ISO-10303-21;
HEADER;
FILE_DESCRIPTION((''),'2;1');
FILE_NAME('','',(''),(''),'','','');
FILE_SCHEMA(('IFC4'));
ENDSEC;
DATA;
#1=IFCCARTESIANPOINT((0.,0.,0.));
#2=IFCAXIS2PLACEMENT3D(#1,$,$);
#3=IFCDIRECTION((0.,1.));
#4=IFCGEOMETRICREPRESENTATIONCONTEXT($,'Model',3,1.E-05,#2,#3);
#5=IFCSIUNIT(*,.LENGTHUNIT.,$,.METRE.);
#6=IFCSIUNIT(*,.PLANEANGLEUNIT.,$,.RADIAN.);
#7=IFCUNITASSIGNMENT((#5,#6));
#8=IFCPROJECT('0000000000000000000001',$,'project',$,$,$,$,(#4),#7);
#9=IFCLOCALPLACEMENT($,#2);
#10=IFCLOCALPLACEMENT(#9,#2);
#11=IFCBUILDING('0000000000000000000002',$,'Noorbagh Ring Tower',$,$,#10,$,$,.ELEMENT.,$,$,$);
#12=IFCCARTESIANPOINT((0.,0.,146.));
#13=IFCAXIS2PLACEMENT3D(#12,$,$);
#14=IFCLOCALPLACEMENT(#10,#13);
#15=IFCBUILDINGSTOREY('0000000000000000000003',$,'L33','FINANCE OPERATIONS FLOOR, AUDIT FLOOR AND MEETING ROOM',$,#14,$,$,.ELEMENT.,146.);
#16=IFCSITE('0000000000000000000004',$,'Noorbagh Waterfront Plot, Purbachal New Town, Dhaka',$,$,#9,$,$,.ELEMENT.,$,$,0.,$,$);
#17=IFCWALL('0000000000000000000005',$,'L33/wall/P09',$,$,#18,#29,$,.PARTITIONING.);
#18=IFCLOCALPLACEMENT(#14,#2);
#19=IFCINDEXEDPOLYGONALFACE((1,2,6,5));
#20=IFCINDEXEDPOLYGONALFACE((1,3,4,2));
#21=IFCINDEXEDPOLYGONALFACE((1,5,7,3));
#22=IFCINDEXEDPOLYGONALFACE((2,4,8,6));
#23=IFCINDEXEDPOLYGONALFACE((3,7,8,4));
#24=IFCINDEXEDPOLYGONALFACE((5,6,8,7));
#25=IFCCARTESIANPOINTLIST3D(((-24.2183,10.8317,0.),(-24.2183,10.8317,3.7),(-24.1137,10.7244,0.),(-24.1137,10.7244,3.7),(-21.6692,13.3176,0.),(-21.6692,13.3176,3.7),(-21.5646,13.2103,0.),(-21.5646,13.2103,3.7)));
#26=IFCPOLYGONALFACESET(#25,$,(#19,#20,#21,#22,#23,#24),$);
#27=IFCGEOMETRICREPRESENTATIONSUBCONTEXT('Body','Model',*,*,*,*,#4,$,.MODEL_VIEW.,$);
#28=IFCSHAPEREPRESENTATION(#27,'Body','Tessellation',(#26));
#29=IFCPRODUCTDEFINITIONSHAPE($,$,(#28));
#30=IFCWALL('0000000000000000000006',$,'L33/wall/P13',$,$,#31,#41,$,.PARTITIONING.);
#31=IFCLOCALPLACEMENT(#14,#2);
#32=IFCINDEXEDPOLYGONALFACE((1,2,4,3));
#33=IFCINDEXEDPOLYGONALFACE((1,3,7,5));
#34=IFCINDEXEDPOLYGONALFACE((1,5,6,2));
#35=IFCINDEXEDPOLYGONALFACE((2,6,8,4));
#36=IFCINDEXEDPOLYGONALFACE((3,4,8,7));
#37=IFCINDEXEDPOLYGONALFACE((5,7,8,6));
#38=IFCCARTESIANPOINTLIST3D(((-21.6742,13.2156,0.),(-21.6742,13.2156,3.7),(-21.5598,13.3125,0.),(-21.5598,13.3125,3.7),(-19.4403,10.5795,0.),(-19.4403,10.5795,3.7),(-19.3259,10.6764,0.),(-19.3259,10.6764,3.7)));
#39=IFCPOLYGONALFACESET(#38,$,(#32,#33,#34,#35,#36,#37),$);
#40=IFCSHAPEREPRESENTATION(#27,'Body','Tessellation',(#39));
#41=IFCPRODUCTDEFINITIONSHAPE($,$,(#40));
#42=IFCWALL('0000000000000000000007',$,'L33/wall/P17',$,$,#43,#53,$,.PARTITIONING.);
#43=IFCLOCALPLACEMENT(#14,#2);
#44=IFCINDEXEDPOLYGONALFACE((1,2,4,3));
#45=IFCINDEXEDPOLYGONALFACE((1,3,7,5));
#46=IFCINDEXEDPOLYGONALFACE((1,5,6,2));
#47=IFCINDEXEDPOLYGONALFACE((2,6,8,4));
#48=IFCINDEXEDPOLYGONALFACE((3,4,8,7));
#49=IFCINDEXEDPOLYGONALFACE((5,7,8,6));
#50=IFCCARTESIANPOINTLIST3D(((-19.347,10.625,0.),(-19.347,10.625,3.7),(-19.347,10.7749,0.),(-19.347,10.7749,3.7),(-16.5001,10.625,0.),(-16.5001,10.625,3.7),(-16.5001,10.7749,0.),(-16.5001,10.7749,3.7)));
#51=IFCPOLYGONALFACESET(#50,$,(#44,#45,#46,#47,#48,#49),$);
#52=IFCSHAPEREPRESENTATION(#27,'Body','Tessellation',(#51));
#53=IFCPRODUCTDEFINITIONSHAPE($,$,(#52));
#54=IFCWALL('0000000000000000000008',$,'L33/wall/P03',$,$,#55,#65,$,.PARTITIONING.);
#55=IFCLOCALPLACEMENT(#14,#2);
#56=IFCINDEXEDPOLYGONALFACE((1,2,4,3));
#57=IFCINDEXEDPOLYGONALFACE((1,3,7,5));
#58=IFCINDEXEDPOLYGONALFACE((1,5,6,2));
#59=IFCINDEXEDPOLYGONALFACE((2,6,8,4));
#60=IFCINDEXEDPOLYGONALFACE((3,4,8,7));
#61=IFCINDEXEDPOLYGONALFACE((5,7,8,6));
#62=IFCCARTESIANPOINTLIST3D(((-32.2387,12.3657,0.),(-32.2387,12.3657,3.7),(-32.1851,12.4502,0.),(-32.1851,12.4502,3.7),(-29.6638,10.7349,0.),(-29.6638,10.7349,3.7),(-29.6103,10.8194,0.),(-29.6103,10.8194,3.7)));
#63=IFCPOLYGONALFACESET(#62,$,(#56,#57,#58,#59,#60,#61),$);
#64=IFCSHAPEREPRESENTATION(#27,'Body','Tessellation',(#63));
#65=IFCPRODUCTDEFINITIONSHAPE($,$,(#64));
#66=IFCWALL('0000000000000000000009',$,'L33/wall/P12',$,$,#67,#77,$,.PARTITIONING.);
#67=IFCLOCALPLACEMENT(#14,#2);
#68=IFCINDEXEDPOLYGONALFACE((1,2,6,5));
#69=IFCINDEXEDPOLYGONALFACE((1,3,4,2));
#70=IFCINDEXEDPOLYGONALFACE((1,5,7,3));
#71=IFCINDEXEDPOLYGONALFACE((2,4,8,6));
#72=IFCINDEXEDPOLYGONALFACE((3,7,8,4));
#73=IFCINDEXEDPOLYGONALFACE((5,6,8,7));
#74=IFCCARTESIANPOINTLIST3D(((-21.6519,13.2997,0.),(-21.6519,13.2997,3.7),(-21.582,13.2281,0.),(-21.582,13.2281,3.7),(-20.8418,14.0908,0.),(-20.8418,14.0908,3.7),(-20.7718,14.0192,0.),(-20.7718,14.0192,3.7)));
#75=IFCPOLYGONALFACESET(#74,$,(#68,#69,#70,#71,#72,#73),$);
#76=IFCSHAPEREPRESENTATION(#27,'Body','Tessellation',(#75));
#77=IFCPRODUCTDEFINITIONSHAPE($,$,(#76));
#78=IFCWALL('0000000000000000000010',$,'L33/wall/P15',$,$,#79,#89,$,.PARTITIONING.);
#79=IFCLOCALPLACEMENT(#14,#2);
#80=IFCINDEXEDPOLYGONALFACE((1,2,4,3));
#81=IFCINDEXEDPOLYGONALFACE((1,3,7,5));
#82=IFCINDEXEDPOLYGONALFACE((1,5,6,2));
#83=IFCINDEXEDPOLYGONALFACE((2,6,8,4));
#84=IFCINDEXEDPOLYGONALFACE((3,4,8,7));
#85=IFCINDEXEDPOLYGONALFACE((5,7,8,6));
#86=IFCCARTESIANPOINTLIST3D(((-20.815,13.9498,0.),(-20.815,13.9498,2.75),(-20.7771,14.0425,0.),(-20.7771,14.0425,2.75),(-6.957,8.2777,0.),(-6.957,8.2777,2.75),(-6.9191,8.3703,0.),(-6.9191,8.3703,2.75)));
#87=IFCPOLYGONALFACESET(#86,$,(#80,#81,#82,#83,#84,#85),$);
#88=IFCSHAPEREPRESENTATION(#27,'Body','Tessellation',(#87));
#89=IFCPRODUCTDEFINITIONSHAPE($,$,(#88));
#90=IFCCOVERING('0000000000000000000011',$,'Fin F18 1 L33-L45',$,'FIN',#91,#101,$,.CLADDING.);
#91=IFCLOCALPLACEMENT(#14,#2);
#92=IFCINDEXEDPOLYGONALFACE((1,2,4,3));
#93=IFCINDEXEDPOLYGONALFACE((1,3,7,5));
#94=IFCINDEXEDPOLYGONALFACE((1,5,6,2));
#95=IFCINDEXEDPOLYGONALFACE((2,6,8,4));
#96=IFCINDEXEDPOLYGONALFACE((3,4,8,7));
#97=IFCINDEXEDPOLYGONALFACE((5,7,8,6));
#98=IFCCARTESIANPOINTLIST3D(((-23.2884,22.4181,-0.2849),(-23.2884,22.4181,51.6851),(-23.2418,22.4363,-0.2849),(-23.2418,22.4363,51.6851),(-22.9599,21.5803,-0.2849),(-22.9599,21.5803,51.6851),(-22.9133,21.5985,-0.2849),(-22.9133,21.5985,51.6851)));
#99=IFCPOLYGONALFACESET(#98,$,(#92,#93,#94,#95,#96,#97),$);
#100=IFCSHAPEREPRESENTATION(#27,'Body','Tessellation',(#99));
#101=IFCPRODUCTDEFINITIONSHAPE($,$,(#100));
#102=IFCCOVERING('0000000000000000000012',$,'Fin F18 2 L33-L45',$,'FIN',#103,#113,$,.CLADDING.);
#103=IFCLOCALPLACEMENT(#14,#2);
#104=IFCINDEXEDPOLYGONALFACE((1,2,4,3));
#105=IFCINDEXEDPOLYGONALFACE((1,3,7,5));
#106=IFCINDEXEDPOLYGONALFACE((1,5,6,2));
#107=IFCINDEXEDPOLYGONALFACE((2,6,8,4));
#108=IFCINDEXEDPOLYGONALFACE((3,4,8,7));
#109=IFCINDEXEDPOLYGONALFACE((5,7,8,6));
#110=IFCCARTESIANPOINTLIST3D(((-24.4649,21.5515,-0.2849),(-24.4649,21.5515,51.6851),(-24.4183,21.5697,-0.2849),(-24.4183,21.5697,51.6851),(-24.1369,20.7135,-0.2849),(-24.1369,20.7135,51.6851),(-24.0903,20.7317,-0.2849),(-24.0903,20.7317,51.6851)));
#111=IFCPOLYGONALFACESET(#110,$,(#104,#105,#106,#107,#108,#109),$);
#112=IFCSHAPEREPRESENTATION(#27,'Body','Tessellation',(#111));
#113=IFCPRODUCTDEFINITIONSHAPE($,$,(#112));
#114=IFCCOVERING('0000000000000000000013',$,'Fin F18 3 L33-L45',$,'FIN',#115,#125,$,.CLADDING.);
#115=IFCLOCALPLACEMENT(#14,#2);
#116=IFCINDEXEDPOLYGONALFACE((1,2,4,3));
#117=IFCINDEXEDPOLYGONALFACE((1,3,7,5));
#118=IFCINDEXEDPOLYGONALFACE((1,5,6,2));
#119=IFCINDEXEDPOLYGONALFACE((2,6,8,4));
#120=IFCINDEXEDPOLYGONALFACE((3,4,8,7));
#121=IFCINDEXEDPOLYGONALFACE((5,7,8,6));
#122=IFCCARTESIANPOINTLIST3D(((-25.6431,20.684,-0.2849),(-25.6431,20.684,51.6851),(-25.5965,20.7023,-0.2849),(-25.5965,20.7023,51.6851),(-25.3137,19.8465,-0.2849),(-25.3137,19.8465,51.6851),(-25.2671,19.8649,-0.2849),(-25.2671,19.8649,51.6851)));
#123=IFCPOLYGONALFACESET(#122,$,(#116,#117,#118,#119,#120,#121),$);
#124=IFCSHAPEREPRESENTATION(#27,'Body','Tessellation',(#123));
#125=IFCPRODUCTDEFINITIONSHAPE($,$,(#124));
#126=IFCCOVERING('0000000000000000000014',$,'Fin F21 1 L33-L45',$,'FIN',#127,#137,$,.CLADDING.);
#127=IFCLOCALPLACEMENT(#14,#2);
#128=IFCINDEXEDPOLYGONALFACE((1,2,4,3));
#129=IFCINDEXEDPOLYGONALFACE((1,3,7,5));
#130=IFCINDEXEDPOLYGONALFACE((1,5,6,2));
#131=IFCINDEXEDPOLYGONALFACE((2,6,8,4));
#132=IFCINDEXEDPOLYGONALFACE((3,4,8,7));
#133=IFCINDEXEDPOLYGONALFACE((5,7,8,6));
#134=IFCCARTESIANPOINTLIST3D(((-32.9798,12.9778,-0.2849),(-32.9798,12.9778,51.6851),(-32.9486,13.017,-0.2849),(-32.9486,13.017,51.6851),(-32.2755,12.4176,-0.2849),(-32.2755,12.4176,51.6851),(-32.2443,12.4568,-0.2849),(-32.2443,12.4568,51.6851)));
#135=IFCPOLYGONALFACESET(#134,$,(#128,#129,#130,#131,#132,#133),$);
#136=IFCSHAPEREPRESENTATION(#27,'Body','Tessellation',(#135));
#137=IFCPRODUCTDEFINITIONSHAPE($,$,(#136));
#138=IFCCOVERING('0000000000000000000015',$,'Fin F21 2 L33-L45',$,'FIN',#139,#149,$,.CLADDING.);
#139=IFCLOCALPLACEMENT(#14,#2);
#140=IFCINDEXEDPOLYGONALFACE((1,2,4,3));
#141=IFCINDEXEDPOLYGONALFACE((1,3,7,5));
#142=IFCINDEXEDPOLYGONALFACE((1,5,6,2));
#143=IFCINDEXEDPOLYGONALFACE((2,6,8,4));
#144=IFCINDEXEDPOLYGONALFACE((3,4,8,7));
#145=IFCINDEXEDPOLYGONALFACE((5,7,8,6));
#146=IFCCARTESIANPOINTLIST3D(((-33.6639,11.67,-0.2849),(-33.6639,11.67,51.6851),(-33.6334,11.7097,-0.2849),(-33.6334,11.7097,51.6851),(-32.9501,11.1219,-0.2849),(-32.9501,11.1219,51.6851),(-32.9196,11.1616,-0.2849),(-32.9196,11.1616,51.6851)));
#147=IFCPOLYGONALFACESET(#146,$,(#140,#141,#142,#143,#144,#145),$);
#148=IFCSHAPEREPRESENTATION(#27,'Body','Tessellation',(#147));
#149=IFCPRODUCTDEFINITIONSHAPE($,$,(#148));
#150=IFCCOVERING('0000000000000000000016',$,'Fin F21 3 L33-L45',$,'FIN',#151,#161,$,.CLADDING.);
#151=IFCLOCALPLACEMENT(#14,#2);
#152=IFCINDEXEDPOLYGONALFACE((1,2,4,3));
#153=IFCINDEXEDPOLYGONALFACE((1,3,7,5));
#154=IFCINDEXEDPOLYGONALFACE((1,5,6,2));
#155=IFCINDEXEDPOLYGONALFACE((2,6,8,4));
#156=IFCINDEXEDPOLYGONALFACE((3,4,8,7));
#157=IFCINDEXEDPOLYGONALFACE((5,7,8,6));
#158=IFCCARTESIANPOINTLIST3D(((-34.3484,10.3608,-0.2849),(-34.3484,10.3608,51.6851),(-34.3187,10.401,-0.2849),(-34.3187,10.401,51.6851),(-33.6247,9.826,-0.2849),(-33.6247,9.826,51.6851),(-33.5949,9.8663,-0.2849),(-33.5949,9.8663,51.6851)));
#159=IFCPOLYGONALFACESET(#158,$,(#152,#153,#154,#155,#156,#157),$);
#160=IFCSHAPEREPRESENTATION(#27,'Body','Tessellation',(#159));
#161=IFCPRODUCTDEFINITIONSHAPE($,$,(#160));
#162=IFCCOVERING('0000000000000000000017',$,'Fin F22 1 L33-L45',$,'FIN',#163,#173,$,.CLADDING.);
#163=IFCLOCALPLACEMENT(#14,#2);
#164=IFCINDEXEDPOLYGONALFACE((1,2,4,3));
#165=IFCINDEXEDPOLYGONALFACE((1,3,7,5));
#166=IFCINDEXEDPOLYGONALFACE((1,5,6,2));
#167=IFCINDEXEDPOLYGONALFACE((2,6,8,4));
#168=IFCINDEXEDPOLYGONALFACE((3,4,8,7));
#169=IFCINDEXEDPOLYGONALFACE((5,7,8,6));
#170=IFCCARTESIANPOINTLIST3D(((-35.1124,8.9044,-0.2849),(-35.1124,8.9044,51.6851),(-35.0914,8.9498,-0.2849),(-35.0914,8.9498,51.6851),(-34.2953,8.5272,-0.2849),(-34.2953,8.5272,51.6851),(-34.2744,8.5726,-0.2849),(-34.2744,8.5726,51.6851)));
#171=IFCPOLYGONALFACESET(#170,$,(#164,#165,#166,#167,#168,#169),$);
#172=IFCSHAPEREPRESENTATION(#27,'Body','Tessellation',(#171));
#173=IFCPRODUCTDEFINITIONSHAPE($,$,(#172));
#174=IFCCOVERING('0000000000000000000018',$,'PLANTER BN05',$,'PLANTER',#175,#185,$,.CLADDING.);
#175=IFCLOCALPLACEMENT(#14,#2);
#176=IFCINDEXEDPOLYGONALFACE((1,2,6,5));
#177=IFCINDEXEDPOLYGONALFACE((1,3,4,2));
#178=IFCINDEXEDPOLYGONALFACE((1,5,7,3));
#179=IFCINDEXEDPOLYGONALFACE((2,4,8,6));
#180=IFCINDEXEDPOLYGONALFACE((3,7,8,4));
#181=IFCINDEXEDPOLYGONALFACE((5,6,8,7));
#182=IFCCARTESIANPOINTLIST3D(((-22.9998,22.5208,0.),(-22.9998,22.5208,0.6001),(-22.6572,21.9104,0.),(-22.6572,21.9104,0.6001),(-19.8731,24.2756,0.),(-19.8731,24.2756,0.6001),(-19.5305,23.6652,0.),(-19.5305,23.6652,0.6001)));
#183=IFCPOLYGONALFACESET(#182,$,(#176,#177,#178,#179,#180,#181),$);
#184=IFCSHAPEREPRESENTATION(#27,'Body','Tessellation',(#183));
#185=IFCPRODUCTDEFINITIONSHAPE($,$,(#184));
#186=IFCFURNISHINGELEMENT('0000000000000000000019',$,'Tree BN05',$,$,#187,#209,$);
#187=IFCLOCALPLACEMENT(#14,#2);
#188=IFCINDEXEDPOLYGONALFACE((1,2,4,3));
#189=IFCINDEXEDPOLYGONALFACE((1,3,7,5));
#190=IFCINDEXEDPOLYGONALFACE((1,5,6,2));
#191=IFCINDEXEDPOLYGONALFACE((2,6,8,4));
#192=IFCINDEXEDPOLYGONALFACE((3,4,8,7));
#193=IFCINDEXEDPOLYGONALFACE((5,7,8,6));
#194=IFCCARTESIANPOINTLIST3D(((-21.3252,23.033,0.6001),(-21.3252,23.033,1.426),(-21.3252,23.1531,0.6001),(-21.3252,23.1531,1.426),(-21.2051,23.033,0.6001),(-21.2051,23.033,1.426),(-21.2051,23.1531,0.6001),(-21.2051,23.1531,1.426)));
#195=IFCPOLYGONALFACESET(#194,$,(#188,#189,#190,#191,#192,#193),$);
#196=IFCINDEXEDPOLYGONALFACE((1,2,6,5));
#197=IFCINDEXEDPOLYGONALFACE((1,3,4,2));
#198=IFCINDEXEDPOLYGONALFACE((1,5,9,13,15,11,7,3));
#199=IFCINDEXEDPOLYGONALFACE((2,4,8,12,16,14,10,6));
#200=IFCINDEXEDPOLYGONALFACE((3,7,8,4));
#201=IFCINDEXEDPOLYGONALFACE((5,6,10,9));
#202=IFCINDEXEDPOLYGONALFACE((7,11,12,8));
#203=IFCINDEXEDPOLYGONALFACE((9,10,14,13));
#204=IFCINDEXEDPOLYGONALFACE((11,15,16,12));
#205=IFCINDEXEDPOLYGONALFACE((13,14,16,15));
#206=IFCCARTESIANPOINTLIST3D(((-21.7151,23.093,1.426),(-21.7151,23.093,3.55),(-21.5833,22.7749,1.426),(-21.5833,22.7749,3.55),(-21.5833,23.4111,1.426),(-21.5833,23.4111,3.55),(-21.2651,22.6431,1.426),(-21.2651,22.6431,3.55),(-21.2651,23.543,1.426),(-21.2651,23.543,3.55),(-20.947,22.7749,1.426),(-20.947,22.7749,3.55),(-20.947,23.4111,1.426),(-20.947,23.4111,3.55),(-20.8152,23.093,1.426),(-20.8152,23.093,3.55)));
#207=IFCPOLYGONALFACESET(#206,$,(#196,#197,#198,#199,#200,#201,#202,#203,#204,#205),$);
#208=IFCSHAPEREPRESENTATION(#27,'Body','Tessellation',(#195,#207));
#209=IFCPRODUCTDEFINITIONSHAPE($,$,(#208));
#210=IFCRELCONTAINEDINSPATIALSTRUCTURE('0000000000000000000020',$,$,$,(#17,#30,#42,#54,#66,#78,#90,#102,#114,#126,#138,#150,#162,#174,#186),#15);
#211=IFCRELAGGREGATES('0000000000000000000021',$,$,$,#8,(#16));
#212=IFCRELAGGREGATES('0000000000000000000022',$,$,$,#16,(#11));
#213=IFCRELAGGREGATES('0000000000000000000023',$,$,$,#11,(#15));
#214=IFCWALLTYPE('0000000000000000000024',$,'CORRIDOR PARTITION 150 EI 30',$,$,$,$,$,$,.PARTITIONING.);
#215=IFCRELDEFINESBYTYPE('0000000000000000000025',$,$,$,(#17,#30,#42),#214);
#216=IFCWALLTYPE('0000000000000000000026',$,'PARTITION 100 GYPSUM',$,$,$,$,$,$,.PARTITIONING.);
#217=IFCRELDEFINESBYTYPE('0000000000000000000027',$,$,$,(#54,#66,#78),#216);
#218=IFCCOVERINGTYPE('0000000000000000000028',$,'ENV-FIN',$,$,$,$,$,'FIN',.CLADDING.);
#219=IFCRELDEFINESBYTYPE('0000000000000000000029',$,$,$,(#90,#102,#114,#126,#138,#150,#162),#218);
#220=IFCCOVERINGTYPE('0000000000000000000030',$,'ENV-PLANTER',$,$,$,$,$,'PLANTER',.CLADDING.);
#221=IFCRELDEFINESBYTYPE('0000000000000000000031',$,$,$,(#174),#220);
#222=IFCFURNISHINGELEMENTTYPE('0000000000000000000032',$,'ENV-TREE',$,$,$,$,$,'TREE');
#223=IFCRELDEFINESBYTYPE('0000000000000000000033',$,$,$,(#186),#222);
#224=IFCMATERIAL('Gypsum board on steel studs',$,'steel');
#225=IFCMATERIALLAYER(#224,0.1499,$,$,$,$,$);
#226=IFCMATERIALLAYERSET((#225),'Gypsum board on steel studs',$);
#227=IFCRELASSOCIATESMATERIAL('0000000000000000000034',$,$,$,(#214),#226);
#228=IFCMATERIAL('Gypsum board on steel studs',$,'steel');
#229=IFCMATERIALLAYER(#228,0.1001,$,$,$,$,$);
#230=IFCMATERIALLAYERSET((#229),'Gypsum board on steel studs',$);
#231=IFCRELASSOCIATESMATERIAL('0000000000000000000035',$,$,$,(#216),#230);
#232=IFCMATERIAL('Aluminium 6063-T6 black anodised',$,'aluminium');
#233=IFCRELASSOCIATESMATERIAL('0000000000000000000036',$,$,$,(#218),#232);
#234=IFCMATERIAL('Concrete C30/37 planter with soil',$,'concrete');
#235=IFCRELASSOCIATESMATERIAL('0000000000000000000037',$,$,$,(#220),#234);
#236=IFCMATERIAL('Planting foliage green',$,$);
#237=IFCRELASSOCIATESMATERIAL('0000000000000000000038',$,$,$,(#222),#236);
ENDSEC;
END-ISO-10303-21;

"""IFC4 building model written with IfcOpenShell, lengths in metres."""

from ifc_helpers import new_model, si_unit, direction, frame, frame_2d, origin, origin_2d, place, context, subcontext, project, spatial, polyline, rectangle, outline, extrude, material, layer, layer_set, material_profile, profile_set, type_object, element, save


model = new_model("IFC4")

# Units and contexts
model_context = context("Model", 3, precision=1e-05, world=origin(), true_north=direction((0.0, 1.0)))
body_context = subcontext(model_context, "Body", "Model", "MODEL_VIEW")
ifc_project = project(units=[si_unit("LENGTHUNIT", "METRE"), si_unit("PLANEANGLEUNIT", "RADIAN")], contexts=[model_context])

# Site, building, storey
site_placement = place(None, origin())
site = spatial("IfcSite", under=ifc_project, at=site_placement, Name="Noorbagh Waterfront Plot, Purbachal New Town, Dhaka", CompositionType="ELEMENT", RefElevation=0.0)
building_placement = place(site_placement, origin())
building = spatial("IfcBuilding", under=site, at=building_placement, Name="Noorbagh Ring Tower", CompositionType="ELEMENT")
storey_placement = place(building_placement, frame((0.0, 0.0, 146.0)))
storey = spatial("IfcBuildingStorey", under=building, at=storey_placement, Name="L33", Description="FINANCE OPERATIONS FLOOR, AUDIT FLOOR AND MEETING ROOM", CompositionType="ELEMENT", Elevation=146.0)

# Shared definitions
ifc_material_1 = material(Name="Gypsum board on steel studs", Category="steel")
ifc_layer_1 = layer(ifc_material_1, 0.1499)
ifc_layer_set_1 = layer_set([ifc_layer_1], Name="Gypsum board on steel studs")
wall_type_1 = type_object("IfcWallType", Name="CORRIDOR PARTITION 150 EI 30", PredefinedType="PARTITIONING", material=ifc_layer_set_1)

# Walls
wall_1_placement = place(storey_placement, frame((-24.166, 10.7781, 0.0), z_axis=(0.0, 0.0, 1.0), x_axis=(0.715931, 0.698171, 0.0)))
element("IfcWall", 1, at=wall_1_placement, inside=storey, type_object=wall_type_1, Name="L33/wall/P09", PredefinedType="PARTITIONING", context=body_context, shape_type="SweptSolid", body=[
    extrude(rectangle(XDim=3.5605, YDim=0.1499, at=frame_2d((1.7803, 0.0))), origin(), (0.0, 0.0, 1.0), 3.7),
])
wall_2_placement = place(storey_placement, frame((-21.6169, 13.2639, 0.0), z_axis=(0.0, 0.0, 1.0), x_axis=(0.646522, -0.762896, 0.0)))
element("IfcWall", 2, at=wall_2_placement, inside=storey, type_object=wall_type_1, Name="L33/wall/P13", PredefinedType="PARTITIONING", context=body_context, shape_type="SweptSolid", body=[
    extrude(rectangle(XDim=3.4553, YDim=0.1499, at=frame_2d((1.7275, 0.0))), origin(), (0.0, 0.0, 1.0), 3.7),
])
wall_3_placement = place(storey_placement, frame((-19.3469, 10.7, 0.0), z_axis=(0.0, 0.0, 1.0), x_axis=(1.0, 0.0, 0.0)))
element("IfcWall", 3, at=wall_3_placement, inside=storey, type_object=wall_type_1, Name="L33/wall/P17", PredefinedType="PARTITIONING", context=body_context, shape_type="SweptSolid", body=[
    extrude(rectangle(XDim=2.8469, YDim=0.1499, at=frame_2d((1.4233, 0.0))), origin(), (0.0, 0.0, 1.0), 3.7),
])
ifc_material_2 = material(Name="Gypsum board on steel studs", Category="steel")
ifc_layer_2 = layer(ifc_material_2, 0.1001)
ifc_layer_set_2 = layer_set([ifc_layer_2], Name="Gypsum board on steel studs")
wall_type_2 = type_object("IfcWallType", Name="PARTITION 100 GYPSUM", PredefinedType="PARTITIONING", material=ifc_layer_set_2)
wall_4_placement = place(storey_placement, frame((-32.2119, 12.408, 0.0), z_axis=(0.0, 0.0, 1.0), x_axis=(0.844811, -0.535065, 0.0)))
element("IfcWall", 4, at=wall_4_placement, inside=storey, type_object=wall_type_2, Name="L33/wall/P03", PredefinedType="PARTITIONING", context=body_context, shape_type="SweptSolid", body=[
    extrude(rectangle(XDim=3.0479, YDim=0.1001, at=frame_2d((1.5239, 0.0))), origin(), (0.0, 0.0, 1.0), 3.7),
])
wall_5_placement = place(storey_placement, frame((-21.6169, 13.2639, 0.0), z_axis=(0.0, 0.0, 1.0), x_axis=(0.715466, 0.698647, 0.0)))
element("IfcWall", 5, at=wall_5_placement, inside=storey, type_object=wall_type_2, Name="L33/wall/P12", PredefinedType="PARTITIONING", context=body_context, shape_type="SweptSolid", body=[
    extrude(rectangle(XDim=1.1323, YDim=0.1001, at=frame_2d((0.5662, 0.0))), origin(), (0.0, 0.0, 1.0), 3.7),
])
wall_6_placement = place(storey_placement, frame((-20.7959, 13.9961, 0.0), z_axis=(0.0, 0.0, 1.0), x_axis=(0.925477, -0.378803, 0.0)))
element("IfcWall", 6, at=wall_6_placement, inside=storey, type_object=wall_type_2, Name="L33/wall/P15", PredefinedType="PARTITIONING", context=body_context, shape_type="SweptSolid", body=[
    extrude(rectangle(XDim=14.9739, YDim=0.1001, at=frame_2d((7.4868, 0.0))), origin(), (0.0, 0.0, 1.0), 2.75),
])

# Coverings
ifc_material_3 = material(Name="Aluminium 6063-T6 black anodised", Category="aluminium")
ifc_material_profile_1 = material_profile(ifc_material_3, rectangle(XDim=0.8999, YDim=0.05, at=origin_2d()), Name="900x50")
ifc_profile_set_1 = profile_set([ifc_material_profile_1], Name="Aluminium 6063-T6 black anodised")
covering_type_1 = type_object("IfcCoveringType", Name="ENV-FIN", ElementType="FIN", PredefinedType="CLADDING", material=ifc_profile_set_1)
for number, where, z_axis, x_axis, name in (
    (7, (-23.1008, 22.0083, -0.2849), (0.0, 0.0, 1.0), (-0.365038, 0.930993, 0.0), "Fin F18 1 L33-L45"),
    (8, (-24.2776, 21.1416, -0.2849), (0.0, 0.0, 1.0), (-0.364533, 0.93119, 0.0), "Fin F18 2 L33-L45"),
    (9, (-25.4551, 20.2744, -0.2849), (0.0, 0.0, 1.0), (-0.366047, 0.930596, 0.0), "Fin F18 3 L33-L45"),
    (10, (-32.6121, 12.7173, -0.2849), (0.0, 0.0, 1.0), (-0.782644, 0.62247, 0.0), "Fin F21 1 L33-L45"),
    (11, (-33.2917, 11.4158, -0.2849), (0.0, 0.0, 1.0), (-0.793138, 0.609043, 0.0), "Fin F21 2 L33-L45"),
    (12, (-33.9717, 10.1135, -0.2849), (0.0, 0.0, 1.0), (-0.80426, 0.594277, 0.0), "Fin F21 3 L33-L45"),
    (13, (-34.6934, 8.7385, -0.2849), (0.0, 0.0, 1.0), (-0.907912, 0.419162, 0.0), "Fin F22 1 L33-L45"),
):
    element("IfcCovering", number, at=place(storey_placement, frame(where, z_axis=z_axis, x_axis=x_axis)), inside=storey, type_object=covering_type_1, Name=name, ObjectType="FIN", PredefinedType="CLADDING", context=body_context, shape_type="SweptSolid", body=[
        extrude(rectangle(XDim=0.8999, YDim=0.05, at=origin_2d()), origin(), (0.0, 0.0, 1.0), 51.97),
    ])
ifc_material_4 = material(Name="Concrete C30/37 planter with soil", Category="concrete")
covering_type_2 = type_object("IfcCoveringType", Name="ENV-PLANTER", ElementType="PLANTER", PredefinedType="CLADDING", material=ifc_material_4)
covering_placement = place(storey_placement, frame((-21.2651, 23.093, 0.0), z_axis=(0.0, 0.0, 1.0), x_axis=(-0.872045, -0.489426, 0.0)))
element("IfcCovering", 14, at=covering_placement, inside=storey, type_object=covering_type_2, Name="PLANTER BN05", ObjectType="PLANTER", PredefinedType="CLADDING", context=body_context, shape_type="SweptSolid", body=[
    extrude(rectangle(XDim=3.5854, YDim=0.7, at=origin_2d()), origin(), (0.0, 0.0, 1.0), 0.6001),
])

# Furnishing element
ifc_material_5 = material(Name="Planting foliage green")
furnishing_element_type = type_object("IfcFurnishingElementType", Name="ENV-TREE", ElementType="TREE", material=ifc_material_5)
furnishing_placement = place(storey_placement, frame((-21.2651, 23.093, 0.6001), z_axis=(0.0, 0.0, 1.0), x_axis=(1.0, 0.0, 0.0)))
element("IfcFurnishingElement", 15, at=furnishing_placement, inside=storey, type_object=furnishing_element_type, Name="Tree BN05", context=body_context, shape_type="SweptSolid", body=[
    extrude(rectangle(XDim=0.1201, YDim=0.1201, at=origin_2d()), origin(), (0.0, 0.0, 1.0), 0.8259),
    extrude(outline(polyline([(0.45, 0.0), (0.3181, 0.3181), (0.0, 0.45), (-0.3181, 0.3181), (-0.45, 0.0), (-0.3181, -0.3181), (0.0, -0.45), (0.3181, -0.3181), (0.45, 0.0)])), frame((0.0, 0.0, 0.8259)), (0.0, 0.0, 1.0), 2.124),
])

save(model, "model.ifc")
